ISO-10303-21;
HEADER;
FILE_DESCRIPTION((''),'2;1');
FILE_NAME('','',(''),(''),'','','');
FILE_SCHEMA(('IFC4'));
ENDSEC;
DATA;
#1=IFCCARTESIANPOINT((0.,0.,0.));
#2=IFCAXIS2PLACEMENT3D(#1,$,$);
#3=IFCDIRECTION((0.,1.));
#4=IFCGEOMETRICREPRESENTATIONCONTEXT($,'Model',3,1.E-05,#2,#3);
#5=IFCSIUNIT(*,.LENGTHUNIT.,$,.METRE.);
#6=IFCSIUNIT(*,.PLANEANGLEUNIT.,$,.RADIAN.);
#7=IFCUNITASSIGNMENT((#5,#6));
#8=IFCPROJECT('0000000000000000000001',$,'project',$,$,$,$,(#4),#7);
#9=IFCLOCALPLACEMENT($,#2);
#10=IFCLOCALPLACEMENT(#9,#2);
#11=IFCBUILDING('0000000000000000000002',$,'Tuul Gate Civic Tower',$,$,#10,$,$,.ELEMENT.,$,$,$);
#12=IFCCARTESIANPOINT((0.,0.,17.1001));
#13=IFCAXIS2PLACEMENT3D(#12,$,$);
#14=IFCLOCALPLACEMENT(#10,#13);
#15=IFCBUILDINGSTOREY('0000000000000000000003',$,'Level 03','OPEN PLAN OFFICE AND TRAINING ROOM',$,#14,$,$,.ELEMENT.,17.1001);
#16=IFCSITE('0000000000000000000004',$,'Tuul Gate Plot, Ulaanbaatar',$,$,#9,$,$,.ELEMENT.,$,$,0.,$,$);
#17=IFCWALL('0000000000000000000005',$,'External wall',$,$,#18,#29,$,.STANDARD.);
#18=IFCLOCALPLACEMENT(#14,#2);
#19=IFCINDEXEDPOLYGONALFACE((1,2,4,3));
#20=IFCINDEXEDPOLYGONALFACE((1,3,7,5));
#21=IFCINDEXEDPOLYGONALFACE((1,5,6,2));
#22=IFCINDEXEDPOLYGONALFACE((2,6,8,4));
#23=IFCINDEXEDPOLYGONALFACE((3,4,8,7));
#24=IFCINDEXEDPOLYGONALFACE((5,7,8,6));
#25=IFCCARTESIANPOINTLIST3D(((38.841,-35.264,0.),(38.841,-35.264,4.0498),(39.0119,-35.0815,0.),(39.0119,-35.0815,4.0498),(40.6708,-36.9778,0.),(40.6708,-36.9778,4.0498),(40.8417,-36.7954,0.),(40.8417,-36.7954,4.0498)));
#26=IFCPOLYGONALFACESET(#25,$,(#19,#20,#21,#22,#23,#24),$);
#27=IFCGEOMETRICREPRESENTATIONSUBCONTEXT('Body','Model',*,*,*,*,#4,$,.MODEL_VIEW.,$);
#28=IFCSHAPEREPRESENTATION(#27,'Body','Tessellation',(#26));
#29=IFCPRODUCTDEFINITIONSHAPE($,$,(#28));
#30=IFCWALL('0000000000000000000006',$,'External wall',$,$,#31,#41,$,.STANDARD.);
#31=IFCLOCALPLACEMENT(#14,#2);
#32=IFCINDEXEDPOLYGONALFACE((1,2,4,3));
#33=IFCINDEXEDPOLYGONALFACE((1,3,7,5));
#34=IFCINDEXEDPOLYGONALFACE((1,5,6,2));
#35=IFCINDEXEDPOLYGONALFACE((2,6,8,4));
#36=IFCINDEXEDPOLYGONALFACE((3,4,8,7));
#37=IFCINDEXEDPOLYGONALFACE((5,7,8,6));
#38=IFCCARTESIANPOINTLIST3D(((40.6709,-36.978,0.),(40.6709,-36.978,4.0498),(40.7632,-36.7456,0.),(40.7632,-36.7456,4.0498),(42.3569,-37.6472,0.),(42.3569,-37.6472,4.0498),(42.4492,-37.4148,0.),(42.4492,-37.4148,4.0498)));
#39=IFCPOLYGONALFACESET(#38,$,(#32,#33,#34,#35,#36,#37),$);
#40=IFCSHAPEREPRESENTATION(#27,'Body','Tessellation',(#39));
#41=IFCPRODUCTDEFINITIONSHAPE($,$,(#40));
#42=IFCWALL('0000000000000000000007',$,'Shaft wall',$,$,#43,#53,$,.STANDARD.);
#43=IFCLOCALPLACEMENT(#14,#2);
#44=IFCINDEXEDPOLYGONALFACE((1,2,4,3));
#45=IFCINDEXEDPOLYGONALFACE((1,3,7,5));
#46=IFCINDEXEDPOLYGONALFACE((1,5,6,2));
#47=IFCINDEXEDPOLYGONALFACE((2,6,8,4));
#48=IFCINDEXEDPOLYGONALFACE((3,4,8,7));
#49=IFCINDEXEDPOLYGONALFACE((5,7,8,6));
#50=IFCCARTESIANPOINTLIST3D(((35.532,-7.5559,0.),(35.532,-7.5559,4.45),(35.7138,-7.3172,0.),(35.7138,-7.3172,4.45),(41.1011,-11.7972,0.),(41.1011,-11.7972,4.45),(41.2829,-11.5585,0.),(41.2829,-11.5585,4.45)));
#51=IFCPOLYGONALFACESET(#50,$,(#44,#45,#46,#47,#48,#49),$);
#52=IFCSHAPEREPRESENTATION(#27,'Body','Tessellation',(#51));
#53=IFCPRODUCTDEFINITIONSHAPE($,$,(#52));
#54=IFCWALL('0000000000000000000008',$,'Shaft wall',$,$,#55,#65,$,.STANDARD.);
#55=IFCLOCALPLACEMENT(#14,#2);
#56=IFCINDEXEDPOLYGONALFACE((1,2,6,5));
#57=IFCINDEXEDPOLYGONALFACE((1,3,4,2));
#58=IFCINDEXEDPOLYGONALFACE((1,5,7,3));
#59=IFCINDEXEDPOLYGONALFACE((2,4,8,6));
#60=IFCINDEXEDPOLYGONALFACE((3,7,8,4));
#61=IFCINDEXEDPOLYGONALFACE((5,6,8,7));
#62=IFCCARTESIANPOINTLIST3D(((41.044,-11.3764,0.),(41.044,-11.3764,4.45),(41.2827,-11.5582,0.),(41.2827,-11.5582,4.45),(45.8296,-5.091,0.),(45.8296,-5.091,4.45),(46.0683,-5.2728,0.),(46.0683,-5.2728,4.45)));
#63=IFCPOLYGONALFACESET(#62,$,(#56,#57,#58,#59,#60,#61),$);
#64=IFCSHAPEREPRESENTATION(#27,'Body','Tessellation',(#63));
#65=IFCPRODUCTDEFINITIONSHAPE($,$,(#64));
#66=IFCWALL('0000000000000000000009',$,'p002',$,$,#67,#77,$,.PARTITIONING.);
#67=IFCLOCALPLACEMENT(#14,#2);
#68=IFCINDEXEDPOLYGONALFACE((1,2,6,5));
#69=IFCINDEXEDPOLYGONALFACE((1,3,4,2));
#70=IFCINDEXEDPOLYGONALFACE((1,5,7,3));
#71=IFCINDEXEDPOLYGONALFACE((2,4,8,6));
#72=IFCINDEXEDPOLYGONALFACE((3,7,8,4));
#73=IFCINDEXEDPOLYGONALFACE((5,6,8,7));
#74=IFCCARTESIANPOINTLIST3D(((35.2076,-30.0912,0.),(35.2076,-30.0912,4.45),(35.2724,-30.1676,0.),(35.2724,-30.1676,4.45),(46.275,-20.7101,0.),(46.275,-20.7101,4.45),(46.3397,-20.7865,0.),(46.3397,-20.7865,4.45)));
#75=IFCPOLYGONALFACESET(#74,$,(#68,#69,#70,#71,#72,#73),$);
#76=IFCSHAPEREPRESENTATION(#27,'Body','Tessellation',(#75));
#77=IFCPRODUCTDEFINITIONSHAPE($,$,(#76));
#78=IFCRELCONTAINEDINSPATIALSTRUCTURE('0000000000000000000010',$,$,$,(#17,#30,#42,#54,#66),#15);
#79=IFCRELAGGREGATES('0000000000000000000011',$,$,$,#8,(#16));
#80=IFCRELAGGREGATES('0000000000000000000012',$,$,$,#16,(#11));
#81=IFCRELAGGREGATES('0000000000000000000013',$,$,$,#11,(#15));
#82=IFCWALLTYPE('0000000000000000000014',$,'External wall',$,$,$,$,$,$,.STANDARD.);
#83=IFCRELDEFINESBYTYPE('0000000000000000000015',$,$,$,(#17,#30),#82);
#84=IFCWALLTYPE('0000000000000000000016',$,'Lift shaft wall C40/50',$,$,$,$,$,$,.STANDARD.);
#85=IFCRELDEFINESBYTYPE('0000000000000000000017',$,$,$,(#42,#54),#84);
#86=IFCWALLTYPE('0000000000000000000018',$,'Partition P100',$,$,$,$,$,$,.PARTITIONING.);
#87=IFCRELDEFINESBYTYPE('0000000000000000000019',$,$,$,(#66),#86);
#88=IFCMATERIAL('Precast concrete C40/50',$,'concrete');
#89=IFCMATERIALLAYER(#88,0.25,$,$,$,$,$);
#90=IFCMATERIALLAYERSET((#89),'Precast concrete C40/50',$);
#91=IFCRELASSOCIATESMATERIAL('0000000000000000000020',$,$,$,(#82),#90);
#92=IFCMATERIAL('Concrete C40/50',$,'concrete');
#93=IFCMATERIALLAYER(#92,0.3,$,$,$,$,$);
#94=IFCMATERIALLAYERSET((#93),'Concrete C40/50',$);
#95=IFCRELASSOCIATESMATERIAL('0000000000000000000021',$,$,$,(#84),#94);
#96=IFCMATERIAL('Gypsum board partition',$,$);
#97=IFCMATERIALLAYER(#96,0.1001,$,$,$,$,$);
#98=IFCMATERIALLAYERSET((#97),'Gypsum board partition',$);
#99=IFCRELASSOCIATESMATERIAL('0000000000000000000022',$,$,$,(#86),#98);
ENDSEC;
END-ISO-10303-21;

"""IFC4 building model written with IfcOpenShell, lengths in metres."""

from ifc_helpers import new_model, si_unit, direction, frame, frame_2d, origin, place, context, subcontext, project, spatial, rectangle, extrude, material, layer, layer_set, type_object, element, save


model = new_model("IFC4")

# Units and contexts
model_context = context("Model", 3, precision=1e-05, world=origin(), true_north=direction((0.0, 1.0)))
body_context = subcontext(model_context, "Body", "Model", "MODEL_VIEW")
ifc_project = project(units=[si_unit("LENGTHUNIT", "METRE"), si_unit("PLANEANGLEUNIT", "RADIAN")], contexts=[model_context])

# Site, building, storey
site_placement = place(None, origin())
site = spatial("IfcSite", under=ifc_project, at=site_placement, Name="Tuul Gate Plot, Ulaanbaatar", CompositionType="ELEMENT", RefElevation=0.0)
building_placement = place(site_placement, origin())
building = spatial("IfcBuilding", under=site, at=building_placement, Name="Tuul Gate Civic Tower", CompositionType="ELEMENT")
storey_placement = place(building_placement, frame((0.0, 0.0, 17.1001)))
storey = spatial("IfcBuildingStorey", under=building, at=storey_placement, Name="Level 03", Description="OPEN PLAN OFFICE AND TRAINING ROOM", CompositionType="ELEMENT", Elevation=17.1001)

# Shared definitions
ifc_material_1 = material(Name="Precast concrete C40/50", Category="concrete")
ifc_layer_1 = layer(ifc_material_1, 0.25)
ifc_layer_set_1 = layer_set([ifc_layer_1], Name="Precast concrete C40/50")
wall_type_1 = type_object("IfcWallType", Name="External wall", PredefinedType="STANDARD", material=ifc_layer_set_1)

# Walls
wall_1_placement = place(storey_placement, frame((38.9265, -35.1729, 0.0), z_axis=(0.0, 0.0, 1.0), x_axis=(0.729856, -0.683601, 0.0)))
element("IfcWall", 1, at=wall_1_placement, inside=storey, type_object=wall_type_1, Name="External wall", PredefinedType="STANDARD", context=body_context, shape_type="SweptSolid", body=[
    extrude(rectangle(XDim=2.5071, YDim=0.25, at=frame_2d((1.2534, 0.0))), origin(), (0.0, 0.0, 1.0), 4.0498),
])
wall_2_placement = place(storey_placement, frame((40.717, -36.8618, 0.0), z_axis=(0.0, 0.0, 1.0), x_axis=(0.929467, -0.368906, 0.0)))
element("IfcWall", 2, at=wall_2_placement, inside=storey, type_object=wall_type_1, Name="External wall", PredefinedType="STANDARD", context=body_context, shape_type="SweptSolid", body=[
    extrude(rectangle(XDim=1.814, YDim=0.25, at=frame_2d((0.907, 0.0))), origin(), (0.0, 0.0, 1.0), 4.0498),
])
ifc_material_2 = material(Name="Concrete C40/50", Category="concrete")
ifc_layer_2 = layer(ifc_material_2, 0.3)
ifc_layer_set_2 = layer_set([ifc_layer_2], Name="Concrete C40/50")
wall_type_2 = type_object("IfcWallType", Name="Lift shaft wall C40/50", PredefinedType="STANDARD", material=ifc_layer_set_2)
wall_3_placement = place(storey_placement, frame((41.1919, -11.6777, 0.0), z_axis=(0.0, 0.0, 1.0), x_axis=(-0.795563, 0.605871, 0.0)))
element("IfcWall", 3, at=wall_3_placement, inside=storey, type_object=wall_type_2, Name="Shaft wall", PredefinedType="STANDARD", context=body_context, shape_type="SweptSolid", body=[
    extrude(rectangle(XDim=7.0002, YDim=0.3, at=frame_2d((3.5, 0.0))), origin(), (0.0, 0.0, 1.0), 4.45),
])
wall_4_placement = place(storey_placement, frame((41.1633, -11.4673, 0.0), z_axis=(0.0, 0.0, 1.0), x_axis=(0.605784, 0.795629, 0.0)))
element("IfcWall", 4, at=wall_4_placement, inside=storey, type_object=wall_type_2, Name="Shaft wall", PredefinedType="STANDARD", context=body_context, shape_type="SweptSolid", body=[
    extrude(rectangle(XDim=7.8999, YDim=0.3, at=frame_2d((3.95, 0.0))), origin(), (0.0, 0.0, 1.0), 4.45),
])
ifc_material_3 = material(Name="Gypsum board partition")
ifc_layer_3 = layer(ifc_material_3, 0.1001)
ifc_layer_set_3 = layer_set([ifc_layer_3], Name="Gypsum board partition")
wall_type_3 = type_object("IfcWallType", Name="Partition P100", PredefinedType="PARTITIONING", material=ifc_layer_set_3)
wall_5_placement = place(storey_placement, frame((35.24, -30.1294, 0.0), z_axis=(0.0, 0.0, 1.0), x_axis=(0.762829, 0.646601, 0.0)))
element("IfcWall", 5, at=wall_5_placement, inside=storey, type_object=wall_type_3, Name="p002", PredefinedType="PARTITIONING", context=body_context, shape_type="SweptSolid", body=[
    extrude(rectangle(XDim=14.5083, YDim=0.1001, at=frame_2d((7.2542, 0.0))), origin(), (0.0, 0.0, 1.0), 4.45),
])

save(model, "model.ifc")
